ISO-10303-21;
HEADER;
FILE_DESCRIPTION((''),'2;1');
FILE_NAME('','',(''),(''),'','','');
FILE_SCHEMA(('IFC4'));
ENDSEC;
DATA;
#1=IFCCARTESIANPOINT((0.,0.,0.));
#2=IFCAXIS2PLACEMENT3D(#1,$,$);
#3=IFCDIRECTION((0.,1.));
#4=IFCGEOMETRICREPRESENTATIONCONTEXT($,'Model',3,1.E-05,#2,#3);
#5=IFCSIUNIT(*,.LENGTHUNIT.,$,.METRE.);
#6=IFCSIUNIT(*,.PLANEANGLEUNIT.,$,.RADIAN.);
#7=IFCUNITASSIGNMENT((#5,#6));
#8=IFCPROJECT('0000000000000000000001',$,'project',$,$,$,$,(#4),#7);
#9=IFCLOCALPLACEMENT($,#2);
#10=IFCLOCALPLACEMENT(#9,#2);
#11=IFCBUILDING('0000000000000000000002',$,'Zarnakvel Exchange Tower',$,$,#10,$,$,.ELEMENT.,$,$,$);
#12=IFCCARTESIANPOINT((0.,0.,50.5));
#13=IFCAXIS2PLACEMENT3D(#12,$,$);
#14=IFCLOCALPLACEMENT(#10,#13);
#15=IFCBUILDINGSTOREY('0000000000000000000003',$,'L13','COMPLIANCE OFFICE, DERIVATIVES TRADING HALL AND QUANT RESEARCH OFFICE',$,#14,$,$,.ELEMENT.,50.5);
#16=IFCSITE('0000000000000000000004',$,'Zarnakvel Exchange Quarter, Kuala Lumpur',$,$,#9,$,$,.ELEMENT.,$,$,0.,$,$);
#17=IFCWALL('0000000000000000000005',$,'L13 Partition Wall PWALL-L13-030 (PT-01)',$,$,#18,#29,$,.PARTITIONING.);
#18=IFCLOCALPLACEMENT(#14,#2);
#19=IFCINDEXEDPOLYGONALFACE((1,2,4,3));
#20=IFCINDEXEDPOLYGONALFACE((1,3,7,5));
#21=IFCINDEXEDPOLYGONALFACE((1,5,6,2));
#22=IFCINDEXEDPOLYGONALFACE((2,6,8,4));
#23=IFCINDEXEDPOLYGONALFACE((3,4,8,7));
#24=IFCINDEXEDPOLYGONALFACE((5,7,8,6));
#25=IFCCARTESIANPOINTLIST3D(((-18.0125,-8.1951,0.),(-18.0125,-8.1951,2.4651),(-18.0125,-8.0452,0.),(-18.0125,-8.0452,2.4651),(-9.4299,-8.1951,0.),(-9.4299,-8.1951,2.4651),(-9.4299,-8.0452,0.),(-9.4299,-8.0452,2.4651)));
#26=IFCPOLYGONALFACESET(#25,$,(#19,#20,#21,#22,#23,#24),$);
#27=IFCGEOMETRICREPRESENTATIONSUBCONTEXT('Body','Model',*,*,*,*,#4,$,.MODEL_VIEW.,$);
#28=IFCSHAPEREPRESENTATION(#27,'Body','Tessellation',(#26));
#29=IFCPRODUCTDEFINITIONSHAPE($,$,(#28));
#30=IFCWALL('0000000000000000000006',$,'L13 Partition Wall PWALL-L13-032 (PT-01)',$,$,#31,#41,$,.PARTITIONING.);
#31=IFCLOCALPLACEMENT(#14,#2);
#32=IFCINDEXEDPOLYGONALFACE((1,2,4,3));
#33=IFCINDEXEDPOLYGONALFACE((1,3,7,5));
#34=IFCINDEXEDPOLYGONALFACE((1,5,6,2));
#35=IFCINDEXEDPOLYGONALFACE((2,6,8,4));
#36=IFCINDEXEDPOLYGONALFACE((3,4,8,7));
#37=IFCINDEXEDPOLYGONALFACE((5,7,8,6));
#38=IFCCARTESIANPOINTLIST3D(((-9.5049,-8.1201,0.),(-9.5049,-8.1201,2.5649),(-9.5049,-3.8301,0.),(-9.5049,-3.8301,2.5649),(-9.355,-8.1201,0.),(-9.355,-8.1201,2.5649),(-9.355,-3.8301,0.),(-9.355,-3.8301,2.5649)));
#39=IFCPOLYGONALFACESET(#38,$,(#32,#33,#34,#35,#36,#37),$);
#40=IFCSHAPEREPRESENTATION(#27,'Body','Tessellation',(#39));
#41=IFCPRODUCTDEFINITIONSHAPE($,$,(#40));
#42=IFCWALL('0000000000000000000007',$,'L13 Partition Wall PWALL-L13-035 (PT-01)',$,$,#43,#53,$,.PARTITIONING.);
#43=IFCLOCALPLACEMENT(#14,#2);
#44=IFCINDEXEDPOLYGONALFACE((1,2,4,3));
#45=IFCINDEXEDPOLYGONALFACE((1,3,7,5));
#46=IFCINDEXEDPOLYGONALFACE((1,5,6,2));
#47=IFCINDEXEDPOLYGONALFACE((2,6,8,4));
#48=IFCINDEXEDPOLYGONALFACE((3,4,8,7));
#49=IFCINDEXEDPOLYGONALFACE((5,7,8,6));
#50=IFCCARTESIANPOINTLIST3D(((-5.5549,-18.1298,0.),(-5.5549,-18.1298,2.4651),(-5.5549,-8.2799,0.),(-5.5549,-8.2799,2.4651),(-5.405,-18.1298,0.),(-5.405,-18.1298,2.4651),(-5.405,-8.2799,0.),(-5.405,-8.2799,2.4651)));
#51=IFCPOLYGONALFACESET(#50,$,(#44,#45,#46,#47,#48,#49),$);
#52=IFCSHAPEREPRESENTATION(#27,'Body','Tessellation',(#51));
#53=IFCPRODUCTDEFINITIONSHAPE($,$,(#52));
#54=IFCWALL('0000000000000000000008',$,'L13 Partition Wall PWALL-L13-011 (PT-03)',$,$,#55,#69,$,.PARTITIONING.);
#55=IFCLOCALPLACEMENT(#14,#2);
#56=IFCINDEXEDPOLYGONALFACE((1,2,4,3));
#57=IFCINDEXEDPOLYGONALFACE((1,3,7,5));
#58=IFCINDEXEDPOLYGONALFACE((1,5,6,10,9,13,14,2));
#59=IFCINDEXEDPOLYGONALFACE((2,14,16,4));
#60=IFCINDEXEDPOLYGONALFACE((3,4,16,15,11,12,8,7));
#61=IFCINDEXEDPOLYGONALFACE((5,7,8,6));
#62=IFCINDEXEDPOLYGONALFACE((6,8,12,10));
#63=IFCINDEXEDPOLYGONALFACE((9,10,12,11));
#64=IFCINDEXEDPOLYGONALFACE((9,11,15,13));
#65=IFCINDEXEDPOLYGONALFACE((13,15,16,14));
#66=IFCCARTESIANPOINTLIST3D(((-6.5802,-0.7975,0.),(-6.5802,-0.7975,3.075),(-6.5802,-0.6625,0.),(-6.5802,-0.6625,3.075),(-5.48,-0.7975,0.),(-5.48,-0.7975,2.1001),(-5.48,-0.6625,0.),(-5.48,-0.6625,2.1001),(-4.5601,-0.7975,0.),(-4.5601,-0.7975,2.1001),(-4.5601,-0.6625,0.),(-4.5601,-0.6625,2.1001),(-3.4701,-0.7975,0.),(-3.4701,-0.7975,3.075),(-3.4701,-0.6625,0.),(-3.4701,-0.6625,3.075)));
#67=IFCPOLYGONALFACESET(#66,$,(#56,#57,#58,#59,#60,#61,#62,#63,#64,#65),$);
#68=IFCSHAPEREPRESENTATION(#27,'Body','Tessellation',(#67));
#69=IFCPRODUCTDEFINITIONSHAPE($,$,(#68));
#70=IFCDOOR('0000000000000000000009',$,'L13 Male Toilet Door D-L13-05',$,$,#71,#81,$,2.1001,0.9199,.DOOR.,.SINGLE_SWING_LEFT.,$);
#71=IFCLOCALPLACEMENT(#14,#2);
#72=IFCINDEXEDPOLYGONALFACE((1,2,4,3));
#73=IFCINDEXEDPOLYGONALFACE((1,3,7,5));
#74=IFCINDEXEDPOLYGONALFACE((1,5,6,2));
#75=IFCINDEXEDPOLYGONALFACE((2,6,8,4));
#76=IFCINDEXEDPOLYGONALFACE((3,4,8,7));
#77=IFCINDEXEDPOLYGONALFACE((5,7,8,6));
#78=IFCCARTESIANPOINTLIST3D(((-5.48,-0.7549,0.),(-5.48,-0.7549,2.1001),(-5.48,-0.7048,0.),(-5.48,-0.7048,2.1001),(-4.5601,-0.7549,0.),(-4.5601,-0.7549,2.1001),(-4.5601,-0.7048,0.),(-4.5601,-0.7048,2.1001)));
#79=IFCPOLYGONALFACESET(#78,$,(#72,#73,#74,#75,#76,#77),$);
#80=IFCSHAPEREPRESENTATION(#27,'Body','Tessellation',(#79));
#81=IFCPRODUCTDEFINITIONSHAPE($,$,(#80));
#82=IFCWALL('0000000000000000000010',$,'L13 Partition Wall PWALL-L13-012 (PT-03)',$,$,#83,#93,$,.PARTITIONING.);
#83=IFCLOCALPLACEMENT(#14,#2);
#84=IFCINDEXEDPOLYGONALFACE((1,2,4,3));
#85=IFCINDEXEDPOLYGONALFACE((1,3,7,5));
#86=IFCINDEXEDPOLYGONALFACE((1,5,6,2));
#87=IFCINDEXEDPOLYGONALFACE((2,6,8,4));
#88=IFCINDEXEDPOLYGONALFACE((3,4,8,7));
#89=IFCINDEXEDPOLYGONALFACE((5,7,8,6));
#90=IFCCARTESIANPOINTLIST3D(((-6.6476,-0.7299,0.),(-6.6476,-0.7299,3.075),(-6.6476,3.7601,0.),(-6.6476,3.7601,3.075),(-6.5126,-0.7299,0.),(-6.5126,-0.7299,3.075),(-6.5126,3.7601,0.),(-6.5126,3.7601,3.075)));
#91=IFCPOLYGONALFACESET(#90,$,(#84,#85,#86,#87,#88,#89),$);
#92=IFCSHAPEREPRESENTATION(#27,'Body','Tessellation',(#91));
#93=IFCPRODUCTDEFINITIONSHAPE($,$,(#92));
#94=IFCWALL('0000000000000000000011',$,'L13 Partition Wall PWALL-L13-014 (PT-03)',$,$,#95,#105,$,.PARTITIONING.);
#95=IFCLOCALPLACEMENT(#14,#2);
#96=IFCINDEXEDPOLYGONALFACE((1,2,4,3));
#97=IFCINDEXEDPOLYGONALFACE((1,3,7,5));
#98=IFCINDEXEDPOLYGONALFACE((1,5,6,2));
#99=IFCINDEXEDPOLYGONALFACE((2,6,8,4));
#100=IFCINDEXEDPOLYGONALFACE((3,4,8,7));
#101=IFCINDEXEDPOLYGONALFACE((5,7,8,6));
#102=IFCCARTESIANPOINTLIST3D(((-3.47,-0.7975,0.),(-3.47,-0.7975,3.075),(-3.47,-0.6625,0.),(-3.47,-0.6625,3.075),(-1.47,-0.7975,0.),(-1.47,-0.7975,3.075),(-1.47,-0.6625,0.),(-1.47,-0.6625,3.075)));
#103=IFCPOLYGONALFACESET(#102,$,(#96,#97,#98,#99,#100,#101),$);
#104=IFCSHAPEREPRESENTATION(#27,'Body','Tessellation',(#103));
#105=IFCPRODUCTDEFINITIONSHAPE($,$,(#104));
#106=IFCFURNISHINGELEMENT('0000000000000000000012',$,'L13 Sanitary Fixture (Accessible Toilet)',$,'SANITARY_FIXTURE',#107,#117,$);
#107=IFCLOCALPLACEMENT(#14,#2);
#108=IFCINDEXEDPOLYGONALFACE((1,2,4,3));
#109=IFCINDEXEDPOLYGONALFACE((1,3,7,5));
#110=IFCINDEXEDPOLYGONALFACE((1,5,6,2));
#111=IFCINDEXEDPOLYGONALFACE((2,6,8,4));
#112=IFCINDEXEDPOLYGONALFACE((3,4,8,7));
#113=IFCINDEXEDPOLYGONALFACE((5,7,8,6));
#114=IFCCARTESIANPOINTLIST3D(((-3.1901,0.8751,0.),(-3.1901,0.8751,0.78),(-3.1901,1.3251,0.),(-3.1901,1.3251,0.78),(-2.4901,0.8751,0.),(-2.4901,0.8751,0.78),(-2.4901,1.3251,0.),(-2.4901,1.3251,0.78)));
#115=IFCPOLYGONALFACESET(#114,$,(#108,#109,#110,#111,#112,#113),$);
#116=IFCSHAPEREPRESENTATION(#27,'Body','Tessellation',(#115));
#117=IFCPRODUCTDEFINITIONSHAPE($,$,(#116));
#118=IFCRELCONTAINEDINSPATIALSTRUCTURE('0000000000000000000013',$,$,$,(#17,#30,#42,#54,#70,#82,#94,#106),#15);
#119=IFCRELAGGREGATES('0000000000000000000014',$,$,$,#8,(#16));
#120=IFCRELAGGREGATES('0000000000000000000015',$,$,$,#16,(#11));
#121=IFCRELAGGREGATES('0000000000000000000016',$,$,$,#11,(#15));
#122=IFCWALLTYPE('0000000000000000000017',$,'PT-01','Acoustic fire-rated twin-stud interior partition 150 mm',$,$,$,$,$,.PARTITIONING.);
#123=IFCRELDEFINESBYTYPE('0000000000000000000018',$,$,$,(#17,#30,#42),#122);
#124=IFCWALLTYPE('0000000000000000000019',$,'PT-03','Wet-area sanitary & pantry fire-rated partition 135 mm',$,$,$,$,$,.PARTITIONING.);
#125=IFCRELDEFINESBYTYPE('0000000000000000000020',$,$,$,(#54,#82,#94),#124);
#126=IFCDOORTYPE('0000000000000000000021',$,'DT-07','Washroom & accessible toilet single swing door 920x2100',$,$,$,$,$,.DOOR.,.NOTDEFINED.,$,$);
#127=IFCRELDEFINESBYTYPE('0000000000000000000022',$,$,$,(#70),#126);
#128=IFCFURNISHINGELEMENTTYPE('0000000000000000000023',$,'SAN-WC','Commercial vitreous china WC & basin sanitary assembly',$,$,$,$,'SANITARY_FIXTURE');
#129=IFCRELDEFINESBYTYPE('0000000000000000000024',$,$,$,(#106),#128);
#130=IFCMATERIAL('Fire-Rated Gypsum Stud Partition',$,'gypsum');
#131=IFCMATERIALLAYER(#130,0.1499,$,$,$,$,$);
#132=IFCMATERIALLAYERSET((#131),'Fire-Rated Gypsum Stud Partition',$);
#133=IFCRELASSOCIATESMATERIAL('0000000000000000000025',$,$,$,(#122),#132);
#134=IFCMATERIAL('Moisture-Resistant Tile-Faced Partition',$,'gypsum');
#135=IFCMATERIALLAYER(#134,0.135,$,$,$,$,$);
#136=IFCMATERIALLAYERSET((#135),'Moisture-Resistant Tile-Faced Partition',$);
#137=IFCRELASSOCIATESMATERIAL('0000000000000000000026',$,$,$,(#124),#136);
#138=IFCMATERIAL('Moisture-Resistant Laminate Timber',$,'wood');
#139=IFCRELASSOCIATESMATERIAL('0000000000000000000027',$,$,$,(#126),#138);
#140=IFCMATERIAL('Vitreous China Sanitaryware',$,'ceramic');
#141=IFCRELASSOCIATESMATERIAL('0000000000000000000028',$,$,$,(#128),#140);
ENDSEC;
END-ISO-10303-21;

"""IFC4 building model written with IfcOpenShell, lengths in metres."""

from ifc_helpers import new_model, si_unit, direction, frame, frame_2d, origin, origin_2d, place, context, subcontext, project, spatial, rectangle, extrude, source, transform, mapped, material, layer, layer_set, type_object, element, fill, save


model = new_model("IFC4")

# Units and contexts
model_context = context("Model", 3, precision=1e-05, world=origin(), true_north=direction((0.0, 1.0)))
body_context = subcontext(model_context, "Body", "Model", "MODEL_VIEW")
ifc_project = project(units=[si_unit("LENGTHUNIT", "METRE"), si_unit("PLANEANGLEUNIT", "RADIAN")], contexts=[model_context])

# Site, building, storey
site_placement = place(None, origin())
site = spatial("IfcSite", under=ifc_project, at=site_placement, Name="Zarnakvel Exchange Quarter, Kuala Lumpur", CompositionType="ELEMENT", RefElevation=0.0)
building_placement = place(site_placement, origin())
building = spatial("IfcBuilding", under=site, at=building_placement, Name="Zarnakvel Exchange Tower", CompositionType="ELEMENT")
storey_placement = place(building_placement, frame((0.0, 0.0, 50.5)))
storey = spatial("IfcBuildingStorey", under=building, at=storey_placement, Name="L13", Description="COMPLIANCE OFFICE, DERIVATIVES TRADING HALL AND QUANT RESEARCH OFFICE", CompositionType="ELEMENT", Elevation=50.5)

# Walls
ifc_material_1 = material(Name="Fire-Rated Gypsum Stud Partition", Category="gypsum")
ifc_layer_1 = layer(ifc_material_1, 0.1499)
ifc_layer_set_1 = layer_set([ifc_layer_1], Name="Fire-Rated Gypsum Stud Partition")
wall_type_1 = type_object("IfcWallType", Name="PT-01", Description="Acoustic fire-rated twin-stud interior partition 150 mm", PredefinedType="PARTITIONING", material=ifc_layer_set_1)
wall_1_placement = place(storey_placement, frame((-9.4299, -8.1201, 0.0), z_axis=(0.0, 0.0, 1.0), x_axis=(-1.0, 0.0, 0.0)))
element("IfcWall", 1, at=wall_1_placement, inside=storey, type_object=wall_type_1, Name="L13 Partition Wall PWALL-L13-030 (PT-01)", PredefinedType="PARTITIONING", context=body_context, shape_type="SweptSolid", body=[
    extrude(rectangle(XDim=8.5825, YDim=0.1499, at=frame_2d((4.2913, 0.0))), origin(), (0.0, 0.0, 1.0), 2.4651),
])
wall_2_placement = place(storey_placement, frame((-9.4299, -3.8301, 0.0), z_axis=(0.0, 0.0, 1.0), x_axis=(0.0, -1.0, 0.0)))
element("IfcWall", 2, at=wall_2_placement, inside=storey, type_object=wall_type_1, Name="L13 Partition Wall PWALL-L13-032 (PT-01)", PredefinedType="PARTITIONING", context=body_context, shape_type="SweptSolid", body=[
    extrude(rectangle(XDim=4.29, YDim=0.1499, at=frame_2d((2.145, 0.0))), origin(), (0.0, 0.0, 1.0), 2.5649),
])
wall_3_placement = place(storey_placement, frame((-5.48, -8.28, 0.0), z_axis=(0.0, 0.0, 1.0), x_axis=(0.0, -1.0, 0.0)))
element("IfcWall", 3, at=wall_3_placement, inside=storey, type_object=wall_type_1, Name="L13 Partition Wall PWALL-L13-035 (PT-01)", PredefinedType="PARTITIONING", context=body_context, shape_type="SweptSolid", body=[
    extrude(rectangle(XDim=9.8499, YDim=0.1499, at=frame_2d((4.9248, 0.0))), origin(), (0.0, 0.0, 1.0), 2.4651),
])

# Wall, opening, door
ifc_material_2 = material(Name="Moisture-Resistant Tile-Faced Partition", Category="gypsum")
ifc_layer_2 = layer(ifc_material_2, 0.135)
ifc_layer_set_2 = layer_set([ifc_layer_2], Name="Moisture-Resistant Tile-Faced Partition")
wall_type_2 = type_object("IfcWallType", Name="PT-03", Description="Wet-area sanitary & pantry fire-rated partition 135 mm", PredefinedType="PARTITIONING", material=ifc_layer_set_2)
wall_4_placement = place(storey_placement, frame((-3.47, -0.73, 0.0), z_axis=(0.0, 0.0, 1.0), x_axis=(-1.0, 0.0, 0.0)))
wall_4 = element("IfcWall", 4, at=wall_4_placement, inside=storey, type_object=wall_type_2, Name="L13 Partition Wall PWALL-L13-011 (PT-03)", PredefinedType="PARTITIONING", context=body_context, shape_type="SweptSolid", body=[
    extrude(rectangle(XDim=3.1101, YDim=0.135, at=frame_2d((1.5552, 0.0))), origin(), (0.0, 0.0, 1.0), 3.075),
])
opening_1_placement = place(wall_4_placement, frame((1.0901, 0.0, 0.0)))
opening_1 = element("IfcOpeningElement", 5, at=opening_1_placement, cuts=wall_4, PredefinedType="OPENING", context=body_context, shape_type="SweptSolid", body=[
    extrude(rectangle(XDim=0.9199, YDim=2.1001, at=frame_2d((0.46, 1.05))), frame((0.0, 0.0774, 0.0), z_axis=(0.0, -1.0, 0.0), x_axis=(1.0, 0.0, 0.0)), (0.0, 0.0, 1.0), 0.155),
])
ifc_material_3 = material(Name="Moisture-Resistant Laminate Timber", Category="wood")
door_type_1 = type_object("IfcDoorType", Name="DT-07", Description="Washroom & accessible toilet single swing door 920x2100", OperationType="NOTDEFINED", PredefinedType="DOOR", material=ifc_material_3)
shared_shape_1 = source(origin(), body_context, "Body", "SweptSolid", [
    extrude(rectangle(XDim=0.9199, YDim=2.1001, at=frame_2d((0.46, 1.05))), frame((0.0, 0.0249, 0.0), z_axis=(0.0, -1.0, 0.0), x_axis=(1.0, 0.0, 0.0)), (0.0, 0.0, 1.0), 0.05),
])
door_1_placement = place(opening_1_placement, origin())
door_1 = element("IfcDoor", 6, at=door_1_placement, inside=storey, type_object=door_type_1, Name="L13 Male Toilet Door D-L13-05", OperationType="SINGLE_SWING_LEFT", OverallHeight=2.1001, OverallWidth=0.9199, PredefinedType="DOOR", context=body_context, shape_type="MappedRepresentation", body=[
    mapped(shared_shape_1, transform((0.0, 0.0, 0.0), x_axis=(1.0, 0.0, 0.0), y_axis=(0.0, 1.0, 0.0), z_axis=(0.0, 0.0, 1.0), scale=1.0)),
])
fill(opening_1, door_1)

# Walls
wall_5_placement = place(storey_placement, frame((-6.5801, -0.73, 0.0), z_axis=(0.0, 0.0, 1.0), x_axis=(0.0, 1.0, 0.0)))
element("IfcWall", 7, at=wall_5_placement, inside=storey, type_object=wall_type_2, Name="L13 Partition Wall PWALL-L13-012 (PT-03)", PredefinedType="PARTITIONING", context=body_context, shape_type="SweptSolid", body=[
    extrude(rectangle(XDim=4.49, YDim=0.135, at=frame_2d((2.2451, 0.0))), origin(), (0.0, 0.0, 1.0), 3.075),
])
wall_6_placement = place(storey_placement, frame((-1.47, -0.73, 0.0), z_axis=(0.0, 0.0, 1.0), x_axis=(-1.0, 0.0, 0.0)))
element("IfcWall", 8, at=wall_6_placement, inside=storey, type_object=wall_type_2, Name="L13 Partition Wall PWALL-L13-014 (PT-03)", PredefinedType="PARTITIONING", context=body_context, shape_type="SweptSolid", body=[
    extrude(rectangle(XDim=2.0, YDim=0.135, at=frame_2d((1.0, 0.0))), origin(), (0.0, 0.0, 1.0), 3.075),
])

# Furnishing element
ifc_material_4 = material(Name="Vitreous China Sanitaryware", Category="ceramic")
furnishing_element_type = type_object("IfcFurnishingElementType", Name="SAN-WC", Description="Commercial vitreous china WC & basin sanitary assembly", ElementType="SANITARY_FIXTURE", material=ifc_material_4)
shared_shape_2 = source(origin(), body_context, "Body", "SweptSolid", [
    extrude(rectangle(XDim=0.7, YDim=0.45, at=origin_2d()), origin(), (0.0, 0.0, 1.0), 0.78),
])
furnishing_placement = place(storey_placement, frame((-2.8401, 1.1001, 0.0), z_axis=(0.0, 0.0, 1.0), x_axis=(1.0, 0.0, 0.0)))
element("IfcFurnishingElement", 9, at=furnishing_placement, inside=storey, type_object=furnishing_element_type, Name="L13 Sanitary Fixture (Accessible Toilet)", ObjectType="SANITARY_FIXTURE", context=body_context, shape_type="MappedRepresentation", body=[
    mapped(shared_shape_2, transform((0.0, 0.0, 0.0), x_axis=(1.0, 0.0, 0.0), y_axis=(0.0, 1.0, 0.0), z_axis=(0.0, 0.0, 1.0), scale=1.0)),
])

save(model, "model.ifc")
